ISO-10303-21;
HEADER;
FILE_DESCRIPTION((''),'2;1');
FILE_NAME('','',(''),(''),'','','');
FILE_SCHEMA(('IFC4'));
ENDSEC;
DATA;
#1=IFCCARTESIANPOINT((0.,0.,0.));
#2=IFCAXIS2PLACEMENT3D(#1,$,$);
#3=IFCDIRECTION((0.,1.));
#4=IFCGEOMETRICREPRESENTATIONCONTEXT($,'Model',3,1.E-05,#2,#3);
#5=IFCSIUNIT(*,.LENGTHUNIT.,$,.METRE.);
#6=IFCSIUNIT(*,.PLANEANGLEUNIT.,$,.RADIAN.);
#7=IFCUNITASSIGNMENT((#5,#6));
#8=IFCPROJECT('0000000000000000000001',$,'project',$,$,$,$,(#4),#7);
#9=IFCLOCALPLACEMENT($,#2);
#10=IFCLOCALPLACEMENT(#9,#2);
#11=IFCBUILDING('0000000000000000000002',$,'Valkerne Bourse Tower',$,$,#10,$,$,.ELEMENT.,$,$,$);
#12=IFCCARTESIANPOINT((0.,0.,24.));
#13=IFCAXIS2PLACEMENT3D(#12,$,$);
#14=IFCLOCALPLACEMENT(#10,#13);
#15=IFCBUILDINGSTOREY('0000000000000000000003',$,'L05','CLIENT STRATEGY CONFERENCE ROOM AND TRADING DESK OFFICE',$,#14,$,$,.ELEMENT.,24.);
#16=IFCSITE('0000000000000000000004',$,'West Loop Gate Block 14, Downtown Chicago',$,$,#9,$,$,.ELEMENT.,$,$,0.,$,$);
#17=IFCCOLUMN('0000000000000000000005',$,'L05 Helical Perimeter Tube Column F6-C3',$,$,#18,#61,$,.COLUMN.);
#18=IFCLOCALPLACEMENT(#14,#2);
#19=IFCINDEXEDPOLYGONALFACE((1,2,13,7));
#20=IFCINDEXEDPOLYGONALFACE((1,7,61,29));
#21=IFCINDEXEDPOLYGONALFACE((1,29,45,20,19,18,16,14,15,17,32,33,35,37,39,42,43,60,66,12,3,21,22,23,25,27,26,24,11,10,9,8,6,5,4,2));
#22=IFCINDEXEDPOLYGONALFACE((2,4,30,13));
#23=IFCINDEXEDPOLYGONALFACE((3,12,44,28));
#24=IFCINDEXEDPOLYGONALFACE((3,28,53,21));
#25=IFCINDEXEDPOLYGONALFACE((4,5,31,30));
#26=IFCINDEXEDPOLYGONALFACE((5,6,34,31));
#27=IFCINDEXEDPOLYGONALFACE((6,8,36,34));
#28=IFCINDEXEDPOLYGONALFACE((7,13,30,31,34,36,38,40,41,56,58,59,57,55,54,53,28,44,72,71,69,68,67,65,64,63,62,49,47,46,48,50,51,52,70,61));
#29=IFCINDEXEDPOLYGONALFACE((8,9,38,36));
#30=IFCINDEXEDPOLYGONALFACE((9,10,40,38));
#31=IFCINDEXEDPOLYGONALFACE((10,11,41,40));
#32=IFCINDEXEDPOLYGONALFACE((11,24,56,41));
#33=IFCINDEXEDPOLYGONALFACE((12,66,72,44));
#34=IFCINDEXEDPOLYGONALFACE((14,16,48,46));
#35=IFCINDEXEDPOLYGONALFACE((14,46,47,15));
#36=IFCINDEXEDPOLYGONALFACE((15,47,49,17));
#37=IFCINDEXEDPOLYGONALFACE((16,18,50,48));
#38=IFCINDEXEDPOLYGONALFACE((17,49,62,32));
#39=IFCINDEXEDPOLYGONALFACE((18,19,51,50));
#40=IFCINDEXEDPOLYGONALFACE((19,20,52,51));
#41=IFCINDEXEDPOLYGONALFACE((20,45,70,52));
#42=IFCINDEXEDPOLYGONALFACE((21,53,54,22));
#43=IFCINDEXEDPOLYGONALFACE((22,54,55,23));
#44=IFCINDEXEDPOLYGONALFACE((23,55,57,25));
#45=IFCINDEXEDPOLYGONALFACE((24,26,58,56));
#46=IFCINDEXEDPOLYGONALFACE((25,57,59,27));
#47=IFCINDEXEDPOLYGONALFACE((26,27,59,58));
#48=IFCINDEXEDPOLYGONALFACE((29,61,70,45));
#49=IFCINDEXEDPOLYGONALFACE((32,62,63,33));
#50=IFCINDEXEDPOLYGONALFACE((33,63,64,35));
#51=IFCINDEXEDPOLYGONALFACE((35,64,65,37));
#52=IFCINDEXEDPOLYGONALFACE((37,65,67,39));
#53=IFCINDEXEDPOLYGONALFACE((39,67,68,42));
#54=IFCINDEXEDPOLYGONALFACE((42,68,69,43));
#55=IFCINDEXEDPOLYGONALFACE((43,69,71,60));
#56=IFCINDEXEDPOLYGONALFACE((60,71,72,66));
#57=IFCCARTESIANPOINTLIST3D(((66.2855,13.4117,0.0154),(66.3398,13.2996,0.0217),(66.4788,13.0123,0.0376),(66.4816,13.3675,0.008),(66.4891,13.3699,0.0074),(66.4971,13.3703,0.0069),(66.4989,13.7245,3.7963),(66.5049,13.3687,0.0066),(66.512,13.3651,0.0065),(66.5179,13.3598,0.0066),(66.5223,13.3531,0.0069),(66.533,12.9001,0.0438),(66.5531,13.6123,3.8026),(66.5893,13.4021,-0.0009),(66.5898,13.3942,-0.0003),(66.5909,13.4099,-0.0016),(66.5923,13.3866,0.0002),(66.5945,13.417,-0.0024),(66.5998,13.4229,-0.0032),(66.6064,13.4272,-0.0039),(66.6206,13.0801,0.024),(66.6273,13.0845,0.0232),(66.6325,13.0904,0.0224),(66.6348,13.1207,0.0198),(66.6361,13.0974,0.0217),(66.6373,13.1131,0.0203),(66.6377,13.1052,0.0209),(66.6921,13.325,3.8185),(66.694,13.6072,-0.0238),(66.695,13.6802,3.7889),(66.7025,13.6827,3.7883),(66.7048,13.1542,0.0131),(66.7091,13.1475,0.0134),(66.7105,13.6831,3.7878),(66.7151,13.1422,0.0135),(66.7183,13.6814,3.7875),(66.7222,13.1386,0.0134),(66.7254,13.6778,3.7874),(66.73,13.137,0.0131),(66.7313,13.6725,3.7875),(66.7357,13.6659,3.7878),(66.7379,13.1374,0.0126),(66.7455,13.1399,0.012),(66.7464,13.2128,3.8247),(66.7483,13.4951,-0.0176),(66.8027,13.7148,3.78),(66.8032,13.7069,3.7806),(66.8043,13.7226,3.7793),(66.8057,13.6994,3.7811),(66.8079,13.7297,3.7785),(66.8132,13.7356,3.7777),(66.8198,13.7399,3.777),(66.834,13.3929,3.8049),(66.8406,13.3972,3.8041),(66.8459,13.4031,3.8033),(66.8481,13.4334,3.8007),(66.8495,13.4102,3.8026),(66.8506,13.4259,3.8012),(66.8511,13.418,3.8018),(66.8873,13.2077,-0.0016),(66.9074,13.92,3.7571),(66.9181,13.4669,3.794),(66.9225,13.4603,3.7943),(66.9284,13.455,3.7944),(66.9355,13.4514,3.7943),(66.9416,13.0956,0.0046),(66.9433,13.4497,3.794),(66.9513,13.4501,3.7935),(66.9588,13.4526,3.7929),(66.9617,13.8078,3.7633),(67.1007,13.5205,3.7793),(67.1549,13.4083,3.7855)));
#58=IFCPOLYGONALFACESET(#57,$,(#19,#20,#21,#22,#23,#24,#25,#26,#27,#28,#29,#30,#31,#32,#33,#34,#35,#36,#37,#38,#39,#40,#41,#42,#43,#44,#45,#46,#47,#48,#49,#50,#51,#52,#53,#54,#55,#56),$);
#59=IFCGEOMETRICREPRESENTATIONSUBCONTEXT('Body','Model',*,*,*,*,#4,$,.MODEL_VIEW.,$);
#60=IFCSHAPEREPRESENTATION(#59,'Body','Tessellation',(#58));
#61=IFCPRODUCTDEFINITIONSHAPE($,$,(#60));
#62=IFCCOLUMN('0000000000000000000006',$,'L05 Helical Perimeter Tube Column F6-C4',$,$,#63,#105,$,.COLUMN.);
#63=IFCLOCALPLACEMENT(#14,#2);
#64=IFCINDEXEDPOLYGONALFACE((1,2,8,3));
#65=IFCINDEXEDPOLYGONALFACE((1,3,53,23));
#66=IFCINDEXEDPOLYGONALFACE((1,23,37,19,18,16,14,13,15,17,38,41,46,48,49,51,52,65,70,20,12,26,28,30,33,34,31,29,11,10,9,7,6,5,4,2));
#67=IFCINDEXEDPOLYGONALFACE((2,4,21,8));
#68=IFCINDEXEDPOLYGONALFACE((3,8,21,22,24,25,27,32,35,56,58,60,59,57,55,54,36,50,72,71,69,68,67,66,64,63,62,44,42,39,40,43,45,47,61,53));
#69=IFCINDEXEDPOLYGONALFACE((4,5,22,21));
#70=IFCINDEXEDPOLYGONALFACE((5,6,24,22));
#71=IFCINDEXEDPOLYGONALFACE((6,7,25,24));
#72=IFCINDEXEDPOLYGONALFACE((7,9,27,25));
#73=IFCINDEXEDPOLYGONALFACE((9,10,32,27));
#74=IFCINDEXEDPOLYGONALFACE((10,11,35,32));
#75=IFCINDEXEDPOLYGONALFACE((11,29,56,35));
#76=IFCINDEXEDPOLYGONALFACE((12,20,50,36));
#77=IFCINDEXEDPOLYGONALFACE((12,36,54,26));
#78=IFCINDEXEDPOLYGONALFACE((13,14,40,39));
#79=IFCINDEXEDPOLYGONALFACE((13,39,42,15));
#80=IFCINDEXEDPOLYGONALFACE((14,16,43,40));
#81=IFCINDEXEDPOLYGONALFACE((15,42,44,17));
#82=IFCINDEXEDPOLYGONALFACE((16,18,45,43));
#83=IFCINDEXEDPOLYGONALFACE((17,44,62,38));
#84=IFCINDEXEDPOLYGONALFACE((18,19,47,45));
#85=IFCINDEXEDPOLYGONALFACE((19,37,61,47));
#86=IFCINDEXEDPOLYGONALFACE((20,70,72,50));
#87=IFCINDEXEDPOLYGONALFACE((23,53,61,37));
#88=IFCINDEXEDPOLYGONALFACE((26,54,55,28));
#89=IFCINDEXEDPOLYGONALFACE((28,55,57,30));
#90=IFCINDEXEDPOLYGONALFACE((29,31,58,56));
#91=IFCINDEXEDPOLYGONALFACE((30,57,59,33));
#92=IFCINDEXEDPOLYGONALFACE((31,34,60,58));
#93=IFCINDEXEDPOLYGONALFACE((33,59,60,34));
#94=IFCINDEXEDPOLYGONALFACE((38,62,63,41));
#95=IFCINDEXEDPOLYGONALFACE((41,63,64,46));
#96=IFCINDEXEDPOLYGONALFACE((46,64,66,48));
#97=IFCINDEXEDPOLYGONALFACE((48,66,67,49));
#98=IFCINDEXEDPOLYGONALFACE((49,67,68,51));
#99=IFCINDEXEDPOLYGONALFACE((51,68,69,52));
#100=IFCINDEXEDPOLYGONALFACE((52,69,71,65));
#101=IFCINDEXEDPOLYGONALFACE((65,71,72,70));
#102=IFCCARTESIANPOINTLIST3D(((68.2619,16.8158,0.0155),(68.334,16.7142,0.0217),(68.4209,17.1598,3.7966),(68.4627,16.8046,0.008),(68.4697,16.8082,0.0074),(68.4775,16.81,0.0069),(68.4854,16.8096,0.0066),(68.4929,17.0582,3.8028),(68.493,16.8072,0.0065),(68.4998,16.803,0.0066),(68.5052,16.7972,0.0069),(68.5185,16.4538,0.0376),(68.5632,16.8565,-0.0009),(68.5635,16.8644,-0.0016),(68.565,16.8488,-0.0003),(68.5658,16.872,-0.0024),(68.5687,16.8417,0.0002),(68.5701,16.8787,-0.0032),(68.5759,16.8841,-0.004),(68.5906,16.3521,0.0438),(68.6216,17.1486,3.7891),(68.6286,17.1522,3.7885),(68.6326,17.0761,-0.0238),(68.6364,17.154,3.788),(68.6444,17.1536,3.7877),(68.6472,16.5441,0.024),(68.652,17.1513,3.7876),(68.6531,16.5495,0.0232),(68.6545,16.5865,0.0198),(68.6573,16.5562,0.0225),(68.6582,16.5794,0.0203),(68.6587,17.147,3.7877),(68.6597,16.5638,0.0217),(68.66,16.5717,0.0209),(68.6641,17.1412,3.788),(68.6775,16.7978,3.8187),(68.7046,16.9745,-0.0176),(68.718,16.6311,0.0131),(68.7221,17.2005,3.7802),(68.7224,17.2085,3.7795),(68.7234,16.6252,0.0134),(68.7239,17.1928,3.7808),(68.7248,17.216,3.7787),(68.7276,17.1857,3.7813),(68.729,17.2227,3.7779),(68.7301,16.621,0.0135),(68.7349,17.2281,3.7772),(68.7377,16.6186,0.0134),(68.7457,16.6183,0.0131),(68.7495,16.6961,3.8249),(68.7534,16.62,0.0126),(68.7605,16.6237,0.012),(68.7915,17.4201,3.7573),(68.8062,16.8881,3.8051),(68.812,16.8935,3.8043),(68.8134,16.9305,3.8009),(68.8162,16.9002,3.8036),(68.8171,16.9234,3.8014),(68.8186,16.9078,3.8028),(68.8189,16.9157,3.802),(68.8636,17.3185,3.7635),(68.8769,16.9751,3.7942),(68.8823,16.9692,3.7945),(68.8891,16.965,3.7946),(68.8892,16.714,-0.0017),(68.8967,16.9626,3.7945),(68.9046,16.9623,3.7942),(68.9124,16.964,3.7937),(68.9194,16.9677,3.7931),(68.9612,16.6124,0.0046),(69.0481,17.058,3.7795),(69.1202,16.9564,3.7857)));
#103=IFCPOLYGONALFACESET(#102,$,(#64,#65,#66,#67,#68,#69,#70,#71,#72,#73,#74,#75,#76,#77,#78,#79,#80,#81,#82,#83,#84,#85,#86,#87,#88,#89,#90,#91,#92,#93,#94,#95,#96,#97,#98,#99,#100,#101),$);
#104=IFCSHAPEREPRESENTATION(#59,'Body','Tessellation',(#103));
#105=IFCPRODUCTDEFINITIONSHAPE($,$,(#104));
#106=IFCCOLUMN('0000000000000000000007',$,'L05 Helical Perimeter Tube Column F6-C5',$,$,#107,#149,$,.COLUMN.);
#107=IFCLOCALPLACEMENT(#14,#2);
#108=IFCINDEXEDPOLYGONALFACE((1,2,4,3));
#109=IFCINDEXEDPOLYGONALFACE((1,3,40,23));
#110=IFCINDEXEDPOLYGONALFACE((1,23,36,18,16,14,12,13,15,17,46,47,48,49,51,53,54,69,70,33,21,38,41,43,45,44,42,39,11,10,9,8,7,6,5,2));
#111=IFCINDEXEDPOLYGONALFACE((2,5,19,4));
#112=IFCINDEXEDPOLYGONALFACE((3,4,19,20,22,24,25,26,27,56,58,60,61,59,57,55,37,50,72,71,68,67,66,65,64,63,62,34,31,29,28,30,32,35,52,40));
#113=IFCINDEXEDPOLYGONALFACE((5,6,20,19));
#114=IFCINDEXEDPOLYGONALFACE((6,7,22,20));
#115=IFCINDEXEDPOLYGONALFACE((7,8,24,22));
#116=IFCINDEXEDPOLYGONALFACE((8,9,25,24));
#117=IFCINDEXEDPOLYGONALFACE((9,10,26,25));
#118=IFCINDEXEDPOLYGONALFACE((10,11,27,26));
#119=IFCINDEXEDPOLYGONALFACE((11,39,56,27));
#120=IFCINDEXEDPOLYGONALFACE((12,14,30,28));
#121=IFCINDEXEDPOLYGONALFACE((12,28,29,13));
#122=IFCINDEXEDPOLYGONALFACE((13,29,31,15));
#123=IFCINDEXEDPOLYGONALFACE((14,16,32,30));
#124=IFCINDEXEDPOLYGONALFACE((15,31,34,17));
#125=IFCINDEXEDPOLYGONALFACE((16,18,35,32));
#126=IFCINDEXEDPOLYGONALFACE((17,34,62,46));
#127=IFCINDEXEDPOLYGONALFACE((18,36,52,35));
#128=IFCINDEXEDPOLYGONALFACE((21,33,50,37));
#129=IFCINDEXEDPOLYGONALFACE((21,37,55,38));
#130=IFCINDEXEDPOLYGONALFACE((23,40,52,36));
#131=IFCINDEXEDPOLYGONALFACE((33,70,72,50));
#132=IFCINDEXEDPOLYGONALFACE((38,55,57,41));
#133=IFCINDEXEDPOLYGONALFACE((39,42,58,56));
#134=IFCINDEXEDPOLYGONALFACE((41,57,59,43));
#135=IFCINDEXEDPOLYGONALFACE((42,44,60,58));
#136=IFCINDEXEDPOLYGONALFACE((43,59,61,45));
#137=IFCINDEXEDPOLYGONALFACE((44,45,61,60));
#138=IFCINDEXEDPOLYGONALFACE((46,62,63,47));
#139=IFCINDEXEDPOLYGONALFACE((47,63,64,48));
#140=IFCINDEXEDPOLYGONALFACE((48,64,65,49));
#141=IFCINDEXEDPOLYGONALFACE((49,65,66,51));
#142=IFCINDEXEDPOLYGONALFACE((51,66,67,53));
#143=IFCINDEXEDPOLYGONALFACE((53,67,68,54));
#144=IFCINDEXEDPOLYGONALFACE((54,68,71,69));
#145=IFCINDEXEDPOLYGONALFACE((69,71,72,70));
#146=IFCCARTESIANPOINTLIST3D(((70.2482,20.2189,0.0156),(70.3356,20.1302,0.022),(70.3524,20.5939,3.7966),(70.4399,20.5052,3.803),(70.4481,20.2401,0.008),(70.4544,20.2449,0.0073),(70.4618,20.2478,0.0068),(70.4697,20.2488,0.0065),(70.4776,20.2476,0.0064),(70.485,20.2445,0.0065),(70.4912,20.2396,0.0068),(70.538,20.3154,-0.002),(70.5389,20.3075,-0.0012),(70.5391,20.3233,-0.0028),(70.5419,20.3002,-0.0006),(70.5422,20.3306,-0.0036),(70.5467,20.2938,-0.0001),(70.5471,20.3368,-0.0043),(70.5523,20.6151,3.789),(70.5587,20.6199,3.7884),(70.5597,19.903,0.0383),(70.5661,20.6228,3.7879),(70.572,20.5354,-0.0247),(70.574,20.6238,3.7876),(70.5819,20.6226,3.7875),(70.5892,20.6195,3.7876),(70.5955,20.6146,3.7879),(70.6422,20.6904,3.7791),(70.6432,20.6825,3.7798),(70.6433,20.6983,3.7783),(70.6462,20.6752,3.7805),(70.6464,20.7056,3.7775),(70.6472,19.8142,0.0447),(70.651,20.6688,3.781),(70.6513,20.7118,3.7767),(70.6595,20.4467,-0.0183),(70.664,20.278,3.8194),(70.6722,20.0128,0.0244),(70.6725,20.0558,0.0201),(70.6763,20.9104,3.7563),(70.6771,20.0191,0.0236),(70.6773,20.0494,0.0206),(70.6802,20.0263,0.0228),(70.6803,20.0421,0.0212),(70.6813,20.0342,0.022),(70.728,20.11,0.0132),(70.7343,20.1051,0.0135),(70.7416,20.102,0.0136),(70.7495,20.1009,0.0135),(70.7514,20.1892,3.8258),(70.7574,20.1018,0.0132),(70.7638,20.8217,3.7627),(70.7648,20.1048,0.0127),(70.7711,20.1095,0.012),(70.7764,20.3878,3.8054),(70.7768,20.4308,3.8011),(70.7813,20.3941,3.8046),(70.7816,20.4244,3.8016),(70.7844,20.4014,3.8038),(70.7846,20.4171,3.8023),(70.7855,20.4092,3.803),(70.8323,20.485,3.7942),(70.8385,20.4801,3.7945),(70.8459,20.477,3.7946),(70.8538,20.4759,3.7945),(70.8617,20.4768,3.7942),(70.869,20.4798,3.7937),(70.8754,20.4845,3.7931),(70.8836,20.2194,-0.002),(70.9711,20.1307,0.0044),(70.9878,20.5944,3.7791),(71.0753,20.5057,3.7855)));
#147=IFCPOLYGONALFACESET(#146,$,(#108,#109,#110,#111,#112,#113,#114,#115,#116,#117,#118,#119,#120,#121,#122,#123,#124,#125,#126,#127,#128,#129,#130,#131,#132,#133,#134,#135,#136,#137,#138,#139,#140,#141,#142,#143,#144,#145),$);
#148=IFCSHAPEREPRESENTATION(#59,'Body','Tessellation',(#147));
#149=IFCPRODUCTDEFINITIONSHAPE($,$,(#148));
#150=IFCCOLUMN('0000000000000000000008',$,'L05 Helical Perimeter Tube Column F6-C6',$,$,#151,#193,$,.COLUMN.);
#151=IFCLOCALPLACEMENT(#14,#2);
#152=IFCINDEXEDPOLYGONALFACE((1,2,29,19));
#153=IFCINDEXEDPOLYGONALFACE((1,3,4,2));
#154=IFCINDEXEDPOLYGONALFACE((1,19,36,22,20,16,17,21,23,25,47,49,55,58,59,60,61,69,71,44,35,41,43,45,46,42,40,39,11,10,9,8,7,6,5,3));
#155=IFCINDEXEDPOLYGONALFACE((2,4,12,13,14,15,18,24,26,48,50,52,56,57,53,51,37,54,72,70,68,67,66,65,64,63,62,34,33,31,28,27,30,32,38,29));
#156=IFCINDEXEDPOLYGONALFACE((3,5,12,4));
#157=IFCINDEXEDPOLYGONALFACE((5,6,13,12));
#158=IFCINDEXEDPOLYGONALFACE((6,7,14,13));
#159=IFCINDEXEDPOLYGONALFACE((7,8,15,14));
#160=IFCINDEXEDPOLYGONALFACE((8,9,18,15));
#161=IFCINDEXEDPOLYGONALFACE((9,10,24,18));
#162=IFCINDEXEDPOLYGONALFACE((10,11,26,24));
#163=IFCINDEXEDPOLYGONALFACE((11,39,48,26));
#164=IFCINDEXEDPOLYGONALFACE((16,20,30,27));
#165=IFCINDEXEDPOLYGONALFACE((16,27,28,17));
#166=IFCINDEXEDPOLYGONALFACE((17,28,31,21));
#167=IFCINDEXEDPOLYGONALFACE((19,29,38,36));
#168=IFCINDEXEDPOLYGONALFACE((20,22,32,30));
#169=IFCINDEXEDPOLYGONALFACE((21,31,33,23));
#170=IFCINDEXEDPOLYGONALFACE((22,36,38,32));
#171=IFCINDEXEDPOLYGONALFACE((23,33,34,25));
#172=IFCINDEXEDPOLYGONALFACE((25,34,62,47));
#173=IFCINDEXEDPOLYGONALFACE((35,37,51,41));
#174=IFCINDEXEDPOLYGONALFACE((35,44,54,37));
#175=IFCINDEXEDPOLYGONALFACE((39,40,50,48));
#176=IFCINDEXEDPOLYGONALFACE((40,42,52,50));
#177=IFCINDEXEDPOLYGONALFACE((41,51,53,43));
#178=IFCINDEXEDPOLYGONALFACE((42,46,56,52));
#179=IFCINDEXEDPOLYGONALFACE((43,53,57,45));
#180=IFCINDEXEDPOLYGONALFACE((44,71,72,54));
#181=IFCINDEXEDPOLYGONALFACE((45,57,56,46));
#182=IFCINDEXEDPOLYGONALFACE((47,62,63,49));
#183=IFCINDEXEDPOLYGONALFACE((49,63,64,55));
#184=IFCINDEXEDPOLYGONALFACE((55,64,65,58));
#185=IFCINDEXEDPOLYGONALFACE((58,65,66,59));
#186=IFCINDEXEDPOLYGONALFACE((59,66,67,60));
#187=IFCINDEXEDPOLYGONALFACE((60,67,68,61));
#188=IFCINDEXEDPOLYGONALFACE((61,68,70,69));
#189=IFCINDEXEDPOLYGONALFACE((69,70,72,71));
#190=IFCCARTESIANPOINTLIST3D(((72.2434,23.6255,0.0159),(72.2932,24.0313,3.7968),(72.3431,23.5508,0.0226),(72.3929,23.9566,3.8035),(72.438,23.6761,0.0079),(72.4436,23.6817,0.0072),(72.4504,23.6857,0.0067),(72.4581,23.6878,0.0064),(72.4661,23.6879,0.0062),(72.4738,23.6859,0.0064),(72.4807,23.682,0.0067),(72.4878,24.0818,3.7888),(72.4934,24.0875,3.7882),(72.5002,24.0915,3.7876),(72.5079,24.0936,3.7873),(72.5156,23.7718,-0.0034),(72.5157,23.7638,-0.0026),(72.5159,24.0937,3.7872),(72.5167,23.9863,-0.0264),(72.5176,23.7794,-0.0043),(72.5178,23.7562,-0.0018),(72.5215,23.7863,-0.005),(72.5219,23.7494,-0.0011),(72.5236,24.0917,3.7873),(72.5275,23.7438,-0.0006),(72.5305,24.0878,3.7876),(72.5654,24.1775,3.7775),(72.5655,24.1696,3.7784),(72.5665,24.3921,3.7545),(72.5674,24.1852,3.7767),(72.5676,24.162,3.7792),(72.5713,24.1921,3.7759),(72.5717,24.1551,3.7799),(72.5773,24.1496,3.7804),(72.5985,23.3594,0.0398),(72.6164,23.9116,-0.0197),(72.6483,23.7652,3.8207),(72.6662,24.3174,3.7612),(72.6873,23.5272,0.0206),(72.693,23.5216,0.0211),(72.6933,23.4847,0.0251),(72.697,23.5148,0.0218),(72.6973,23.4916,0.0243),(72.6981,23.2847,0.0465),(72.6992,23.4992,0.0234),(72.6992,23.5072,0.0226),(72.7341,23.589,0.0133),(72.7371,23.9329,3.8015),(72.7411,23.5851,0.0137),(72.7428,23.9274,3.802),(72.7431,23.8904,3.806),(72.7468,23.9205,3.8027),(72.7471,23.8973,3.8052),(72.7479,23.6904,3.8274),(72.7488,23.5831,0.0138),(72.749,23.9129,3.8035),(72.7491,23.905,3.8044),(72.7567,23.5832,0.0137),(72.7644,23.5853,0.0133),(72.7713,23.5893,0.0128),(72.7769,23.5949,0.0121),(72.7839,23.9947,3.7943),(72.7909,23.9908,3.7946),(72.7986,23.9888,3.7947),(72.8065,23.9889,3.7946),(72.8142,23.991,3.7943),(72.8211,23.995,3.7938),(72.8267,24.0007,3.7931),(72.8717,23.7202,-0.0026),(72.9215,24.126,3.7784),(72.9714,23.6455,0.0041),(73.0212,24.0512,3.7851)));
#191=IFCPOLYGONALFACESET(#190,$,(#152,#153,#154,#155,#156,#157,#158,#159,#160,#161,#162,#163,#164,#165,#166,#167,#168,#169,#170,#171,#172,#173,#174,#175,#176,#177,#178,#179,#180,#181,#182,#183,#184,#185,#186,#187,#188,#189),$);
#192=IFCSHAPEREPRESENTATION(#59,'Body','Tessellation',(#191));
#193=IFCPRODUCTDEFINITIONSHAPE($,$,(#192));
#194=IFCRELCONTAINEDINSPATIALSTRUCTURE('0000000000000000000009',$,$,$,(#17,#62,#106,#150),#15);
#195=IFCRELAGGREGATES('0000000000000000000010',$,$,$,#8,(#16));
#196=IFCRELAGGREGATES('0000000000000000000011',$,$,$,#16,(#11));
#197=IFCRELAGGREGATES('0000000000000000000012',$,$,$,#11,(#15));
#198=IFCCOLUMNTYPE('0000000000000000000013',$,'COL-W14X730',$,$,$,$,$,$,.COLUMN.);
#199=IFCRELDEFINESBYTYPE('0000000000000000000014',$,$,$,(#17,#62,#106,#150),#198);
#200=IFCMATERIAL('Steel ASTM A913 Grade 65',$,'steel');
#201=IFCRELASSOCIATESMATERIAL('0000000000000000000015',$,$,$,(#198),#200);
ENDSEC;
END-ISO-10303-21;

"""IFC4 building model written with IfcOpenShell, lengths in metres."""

from ifc_helpers import new_model, si_unit, direction, frame, origin, origin_2d, place, context, subcontext, project, spatial, i_section, extrude, material, material_profile, profile_set, type_object, element, save


model = new_model("IFC4")

# Units and contexts
model_context = context("Model", 3, precision=1e-05, world=origin(), true_north=direction((0.0, 1.0)))
body_context = subcontext(model_context, "Body", "Model", "MODEL_VIEW")
ifc_project = project(units=[si_unit("LENGTHUNIT", "METRE"), si_unit("PLANEANGLEUNIT", "RADIAN")], contexts=[model_context])

# Site, building, storey
site_placement = place(None, origin())
site = spatial("IfcSite", under=ifc_project, at=site_placement, Name="West Loop Gate Block 14, Downtown Chicago", CompositionType="ELEMENT", RefElevation=0.0)
building_placement = place(site_placement, origin())
building = spatial("IfcBuilding", under=site, at=building_placement, Name="Valkerne Bourse Tower", CompositionType="ELEMENT")
storey_placement = place(building_placement, frame((0.0, 0.0, 24.0)))
storey = spatial("IfcBuildingStorey", under=building, at=storey_placement, Name="L05", Description="CLIENT STRATEGY CONFERENCE ROOM AND TRADING DESK OFFICE", CompositionType="ELEMENT", Elevation=24.0)

# Columns
ifc_material_1 = material(Name="Steel ASTM A913 Grade 65", Category="steel")
ifc_material_profile_1 = material_profile(ifc_material_1, i_section(OverallWidth=0.4546, OverallDepth=0.5691, WebThickness=0.0779, FlangeThickness=0.1248, FilletRadius=0.0305, at=origin_2d()), Name="W14X730")
ifc_profile_set_1 = profile_set([ifc_material_profile_1], Name="Steel ASTM A913 Grade 65")
column_type = type_object("IfcColumnType", Name="COL-W14X730", PredefinedType="COLUMN", material=ifc_profile_set_1)
column_1_placement = place(storey_placement, frame((66.6135, 13.2537, 0.01), z_axis=(0.056154, 0.082303, 0.995024), x_axis=(-0.898686, -0.430022, 0.086286)))
element("IfcColumn", 1, at=column_1_placement, inside=storey, type_object=column_type, Name="L05 Helical Perimeter Tube Column F6-C3", PredefinedType="COLUMN", context=body_context, shape_type="SweptSolid", body=[
    extrude(i_section(OverallWidth=0.4546, OverallDepth=0.5691, WebThickness=0.0779, FlangeThickness=0.1248, FilletRadius=0.0305, at=origin_2d()), origin(), (0.0, 0.0, 1.0), 3.7998),
])
column_2_placement = place(storey_placement, frame((68.6116, 16.7141, 0.01), z_axis=(0.041826, 0.090526, 0.995015), x_axis=(-0.815318, -0.572537, 0.086361)))
element("IfcColumn", 2, at=column_2_placement, inside=storey, type_object=column_type, Name="L05 Helical Perimeter Tube Column F6-C4", PredefinedType="COLUMN", context=body_context, shape_type="SweptSolid", body=[
    extrude(i_section(OverallWidth=0.4546, OverallDepth=0.5691, WebThickness=0.0779, FlangeThickness=0.1248, FilletRadius=0.0305, at=origin_2d()), origin(), (0.0, 0.0, 1.0), 3.8),
])
column_3_placement = place(storey_placement, frame((70.6096, 20.1748, 0.01), z_axis=(0.027427, 0.098659, 0.994743), x_axis=(-0.712467, -0.696079, 0.088681)))
element("IfcColumn", 3, at=column_3_placement, inside=storey, type_object=column_type, Name="L05 Helical Perimeter Tube Column F6-C5", PredefinedType="COLUMN", context=body_context, shape_type="SweptSolid", body=[
    extrude(i_section(OverallWidth=0.4546, OverallDepth=0.5691, WebThickness=0.0779, FlangeThickness=0.1248, FilletRadius=0.0305, at=origin_2d()), origin(), (0.0, 0.0, 1.0), 3.801),
])
column_4_placement = place(storey_placement, frame((72.6074, 23.6355, 0.01), z_axis=(0.013096, 0.106694, 0.994206), x_axis=(-0.601172, -0.793679, 0.093093)))
element("IfcColumn", 4, at=column_4_placement, inside=storey, type_object=column_type, Name="L05 Helical Perimeter Tube Column F6-C6", PredefinedType="COLUMN", context=body_context, shape_type="SweptSolid", body=[
    extrude(i_section(OverallWidth=0.4546, OverallDepth=0.5691, WebThickness=0.0779, FlangeThickness=0.1248, FilletRadius=0.0305, at=origin_2d()), origin(), (0.0, 0.0, 1.0), 3.803),
])

save(model, "model.ifc")
